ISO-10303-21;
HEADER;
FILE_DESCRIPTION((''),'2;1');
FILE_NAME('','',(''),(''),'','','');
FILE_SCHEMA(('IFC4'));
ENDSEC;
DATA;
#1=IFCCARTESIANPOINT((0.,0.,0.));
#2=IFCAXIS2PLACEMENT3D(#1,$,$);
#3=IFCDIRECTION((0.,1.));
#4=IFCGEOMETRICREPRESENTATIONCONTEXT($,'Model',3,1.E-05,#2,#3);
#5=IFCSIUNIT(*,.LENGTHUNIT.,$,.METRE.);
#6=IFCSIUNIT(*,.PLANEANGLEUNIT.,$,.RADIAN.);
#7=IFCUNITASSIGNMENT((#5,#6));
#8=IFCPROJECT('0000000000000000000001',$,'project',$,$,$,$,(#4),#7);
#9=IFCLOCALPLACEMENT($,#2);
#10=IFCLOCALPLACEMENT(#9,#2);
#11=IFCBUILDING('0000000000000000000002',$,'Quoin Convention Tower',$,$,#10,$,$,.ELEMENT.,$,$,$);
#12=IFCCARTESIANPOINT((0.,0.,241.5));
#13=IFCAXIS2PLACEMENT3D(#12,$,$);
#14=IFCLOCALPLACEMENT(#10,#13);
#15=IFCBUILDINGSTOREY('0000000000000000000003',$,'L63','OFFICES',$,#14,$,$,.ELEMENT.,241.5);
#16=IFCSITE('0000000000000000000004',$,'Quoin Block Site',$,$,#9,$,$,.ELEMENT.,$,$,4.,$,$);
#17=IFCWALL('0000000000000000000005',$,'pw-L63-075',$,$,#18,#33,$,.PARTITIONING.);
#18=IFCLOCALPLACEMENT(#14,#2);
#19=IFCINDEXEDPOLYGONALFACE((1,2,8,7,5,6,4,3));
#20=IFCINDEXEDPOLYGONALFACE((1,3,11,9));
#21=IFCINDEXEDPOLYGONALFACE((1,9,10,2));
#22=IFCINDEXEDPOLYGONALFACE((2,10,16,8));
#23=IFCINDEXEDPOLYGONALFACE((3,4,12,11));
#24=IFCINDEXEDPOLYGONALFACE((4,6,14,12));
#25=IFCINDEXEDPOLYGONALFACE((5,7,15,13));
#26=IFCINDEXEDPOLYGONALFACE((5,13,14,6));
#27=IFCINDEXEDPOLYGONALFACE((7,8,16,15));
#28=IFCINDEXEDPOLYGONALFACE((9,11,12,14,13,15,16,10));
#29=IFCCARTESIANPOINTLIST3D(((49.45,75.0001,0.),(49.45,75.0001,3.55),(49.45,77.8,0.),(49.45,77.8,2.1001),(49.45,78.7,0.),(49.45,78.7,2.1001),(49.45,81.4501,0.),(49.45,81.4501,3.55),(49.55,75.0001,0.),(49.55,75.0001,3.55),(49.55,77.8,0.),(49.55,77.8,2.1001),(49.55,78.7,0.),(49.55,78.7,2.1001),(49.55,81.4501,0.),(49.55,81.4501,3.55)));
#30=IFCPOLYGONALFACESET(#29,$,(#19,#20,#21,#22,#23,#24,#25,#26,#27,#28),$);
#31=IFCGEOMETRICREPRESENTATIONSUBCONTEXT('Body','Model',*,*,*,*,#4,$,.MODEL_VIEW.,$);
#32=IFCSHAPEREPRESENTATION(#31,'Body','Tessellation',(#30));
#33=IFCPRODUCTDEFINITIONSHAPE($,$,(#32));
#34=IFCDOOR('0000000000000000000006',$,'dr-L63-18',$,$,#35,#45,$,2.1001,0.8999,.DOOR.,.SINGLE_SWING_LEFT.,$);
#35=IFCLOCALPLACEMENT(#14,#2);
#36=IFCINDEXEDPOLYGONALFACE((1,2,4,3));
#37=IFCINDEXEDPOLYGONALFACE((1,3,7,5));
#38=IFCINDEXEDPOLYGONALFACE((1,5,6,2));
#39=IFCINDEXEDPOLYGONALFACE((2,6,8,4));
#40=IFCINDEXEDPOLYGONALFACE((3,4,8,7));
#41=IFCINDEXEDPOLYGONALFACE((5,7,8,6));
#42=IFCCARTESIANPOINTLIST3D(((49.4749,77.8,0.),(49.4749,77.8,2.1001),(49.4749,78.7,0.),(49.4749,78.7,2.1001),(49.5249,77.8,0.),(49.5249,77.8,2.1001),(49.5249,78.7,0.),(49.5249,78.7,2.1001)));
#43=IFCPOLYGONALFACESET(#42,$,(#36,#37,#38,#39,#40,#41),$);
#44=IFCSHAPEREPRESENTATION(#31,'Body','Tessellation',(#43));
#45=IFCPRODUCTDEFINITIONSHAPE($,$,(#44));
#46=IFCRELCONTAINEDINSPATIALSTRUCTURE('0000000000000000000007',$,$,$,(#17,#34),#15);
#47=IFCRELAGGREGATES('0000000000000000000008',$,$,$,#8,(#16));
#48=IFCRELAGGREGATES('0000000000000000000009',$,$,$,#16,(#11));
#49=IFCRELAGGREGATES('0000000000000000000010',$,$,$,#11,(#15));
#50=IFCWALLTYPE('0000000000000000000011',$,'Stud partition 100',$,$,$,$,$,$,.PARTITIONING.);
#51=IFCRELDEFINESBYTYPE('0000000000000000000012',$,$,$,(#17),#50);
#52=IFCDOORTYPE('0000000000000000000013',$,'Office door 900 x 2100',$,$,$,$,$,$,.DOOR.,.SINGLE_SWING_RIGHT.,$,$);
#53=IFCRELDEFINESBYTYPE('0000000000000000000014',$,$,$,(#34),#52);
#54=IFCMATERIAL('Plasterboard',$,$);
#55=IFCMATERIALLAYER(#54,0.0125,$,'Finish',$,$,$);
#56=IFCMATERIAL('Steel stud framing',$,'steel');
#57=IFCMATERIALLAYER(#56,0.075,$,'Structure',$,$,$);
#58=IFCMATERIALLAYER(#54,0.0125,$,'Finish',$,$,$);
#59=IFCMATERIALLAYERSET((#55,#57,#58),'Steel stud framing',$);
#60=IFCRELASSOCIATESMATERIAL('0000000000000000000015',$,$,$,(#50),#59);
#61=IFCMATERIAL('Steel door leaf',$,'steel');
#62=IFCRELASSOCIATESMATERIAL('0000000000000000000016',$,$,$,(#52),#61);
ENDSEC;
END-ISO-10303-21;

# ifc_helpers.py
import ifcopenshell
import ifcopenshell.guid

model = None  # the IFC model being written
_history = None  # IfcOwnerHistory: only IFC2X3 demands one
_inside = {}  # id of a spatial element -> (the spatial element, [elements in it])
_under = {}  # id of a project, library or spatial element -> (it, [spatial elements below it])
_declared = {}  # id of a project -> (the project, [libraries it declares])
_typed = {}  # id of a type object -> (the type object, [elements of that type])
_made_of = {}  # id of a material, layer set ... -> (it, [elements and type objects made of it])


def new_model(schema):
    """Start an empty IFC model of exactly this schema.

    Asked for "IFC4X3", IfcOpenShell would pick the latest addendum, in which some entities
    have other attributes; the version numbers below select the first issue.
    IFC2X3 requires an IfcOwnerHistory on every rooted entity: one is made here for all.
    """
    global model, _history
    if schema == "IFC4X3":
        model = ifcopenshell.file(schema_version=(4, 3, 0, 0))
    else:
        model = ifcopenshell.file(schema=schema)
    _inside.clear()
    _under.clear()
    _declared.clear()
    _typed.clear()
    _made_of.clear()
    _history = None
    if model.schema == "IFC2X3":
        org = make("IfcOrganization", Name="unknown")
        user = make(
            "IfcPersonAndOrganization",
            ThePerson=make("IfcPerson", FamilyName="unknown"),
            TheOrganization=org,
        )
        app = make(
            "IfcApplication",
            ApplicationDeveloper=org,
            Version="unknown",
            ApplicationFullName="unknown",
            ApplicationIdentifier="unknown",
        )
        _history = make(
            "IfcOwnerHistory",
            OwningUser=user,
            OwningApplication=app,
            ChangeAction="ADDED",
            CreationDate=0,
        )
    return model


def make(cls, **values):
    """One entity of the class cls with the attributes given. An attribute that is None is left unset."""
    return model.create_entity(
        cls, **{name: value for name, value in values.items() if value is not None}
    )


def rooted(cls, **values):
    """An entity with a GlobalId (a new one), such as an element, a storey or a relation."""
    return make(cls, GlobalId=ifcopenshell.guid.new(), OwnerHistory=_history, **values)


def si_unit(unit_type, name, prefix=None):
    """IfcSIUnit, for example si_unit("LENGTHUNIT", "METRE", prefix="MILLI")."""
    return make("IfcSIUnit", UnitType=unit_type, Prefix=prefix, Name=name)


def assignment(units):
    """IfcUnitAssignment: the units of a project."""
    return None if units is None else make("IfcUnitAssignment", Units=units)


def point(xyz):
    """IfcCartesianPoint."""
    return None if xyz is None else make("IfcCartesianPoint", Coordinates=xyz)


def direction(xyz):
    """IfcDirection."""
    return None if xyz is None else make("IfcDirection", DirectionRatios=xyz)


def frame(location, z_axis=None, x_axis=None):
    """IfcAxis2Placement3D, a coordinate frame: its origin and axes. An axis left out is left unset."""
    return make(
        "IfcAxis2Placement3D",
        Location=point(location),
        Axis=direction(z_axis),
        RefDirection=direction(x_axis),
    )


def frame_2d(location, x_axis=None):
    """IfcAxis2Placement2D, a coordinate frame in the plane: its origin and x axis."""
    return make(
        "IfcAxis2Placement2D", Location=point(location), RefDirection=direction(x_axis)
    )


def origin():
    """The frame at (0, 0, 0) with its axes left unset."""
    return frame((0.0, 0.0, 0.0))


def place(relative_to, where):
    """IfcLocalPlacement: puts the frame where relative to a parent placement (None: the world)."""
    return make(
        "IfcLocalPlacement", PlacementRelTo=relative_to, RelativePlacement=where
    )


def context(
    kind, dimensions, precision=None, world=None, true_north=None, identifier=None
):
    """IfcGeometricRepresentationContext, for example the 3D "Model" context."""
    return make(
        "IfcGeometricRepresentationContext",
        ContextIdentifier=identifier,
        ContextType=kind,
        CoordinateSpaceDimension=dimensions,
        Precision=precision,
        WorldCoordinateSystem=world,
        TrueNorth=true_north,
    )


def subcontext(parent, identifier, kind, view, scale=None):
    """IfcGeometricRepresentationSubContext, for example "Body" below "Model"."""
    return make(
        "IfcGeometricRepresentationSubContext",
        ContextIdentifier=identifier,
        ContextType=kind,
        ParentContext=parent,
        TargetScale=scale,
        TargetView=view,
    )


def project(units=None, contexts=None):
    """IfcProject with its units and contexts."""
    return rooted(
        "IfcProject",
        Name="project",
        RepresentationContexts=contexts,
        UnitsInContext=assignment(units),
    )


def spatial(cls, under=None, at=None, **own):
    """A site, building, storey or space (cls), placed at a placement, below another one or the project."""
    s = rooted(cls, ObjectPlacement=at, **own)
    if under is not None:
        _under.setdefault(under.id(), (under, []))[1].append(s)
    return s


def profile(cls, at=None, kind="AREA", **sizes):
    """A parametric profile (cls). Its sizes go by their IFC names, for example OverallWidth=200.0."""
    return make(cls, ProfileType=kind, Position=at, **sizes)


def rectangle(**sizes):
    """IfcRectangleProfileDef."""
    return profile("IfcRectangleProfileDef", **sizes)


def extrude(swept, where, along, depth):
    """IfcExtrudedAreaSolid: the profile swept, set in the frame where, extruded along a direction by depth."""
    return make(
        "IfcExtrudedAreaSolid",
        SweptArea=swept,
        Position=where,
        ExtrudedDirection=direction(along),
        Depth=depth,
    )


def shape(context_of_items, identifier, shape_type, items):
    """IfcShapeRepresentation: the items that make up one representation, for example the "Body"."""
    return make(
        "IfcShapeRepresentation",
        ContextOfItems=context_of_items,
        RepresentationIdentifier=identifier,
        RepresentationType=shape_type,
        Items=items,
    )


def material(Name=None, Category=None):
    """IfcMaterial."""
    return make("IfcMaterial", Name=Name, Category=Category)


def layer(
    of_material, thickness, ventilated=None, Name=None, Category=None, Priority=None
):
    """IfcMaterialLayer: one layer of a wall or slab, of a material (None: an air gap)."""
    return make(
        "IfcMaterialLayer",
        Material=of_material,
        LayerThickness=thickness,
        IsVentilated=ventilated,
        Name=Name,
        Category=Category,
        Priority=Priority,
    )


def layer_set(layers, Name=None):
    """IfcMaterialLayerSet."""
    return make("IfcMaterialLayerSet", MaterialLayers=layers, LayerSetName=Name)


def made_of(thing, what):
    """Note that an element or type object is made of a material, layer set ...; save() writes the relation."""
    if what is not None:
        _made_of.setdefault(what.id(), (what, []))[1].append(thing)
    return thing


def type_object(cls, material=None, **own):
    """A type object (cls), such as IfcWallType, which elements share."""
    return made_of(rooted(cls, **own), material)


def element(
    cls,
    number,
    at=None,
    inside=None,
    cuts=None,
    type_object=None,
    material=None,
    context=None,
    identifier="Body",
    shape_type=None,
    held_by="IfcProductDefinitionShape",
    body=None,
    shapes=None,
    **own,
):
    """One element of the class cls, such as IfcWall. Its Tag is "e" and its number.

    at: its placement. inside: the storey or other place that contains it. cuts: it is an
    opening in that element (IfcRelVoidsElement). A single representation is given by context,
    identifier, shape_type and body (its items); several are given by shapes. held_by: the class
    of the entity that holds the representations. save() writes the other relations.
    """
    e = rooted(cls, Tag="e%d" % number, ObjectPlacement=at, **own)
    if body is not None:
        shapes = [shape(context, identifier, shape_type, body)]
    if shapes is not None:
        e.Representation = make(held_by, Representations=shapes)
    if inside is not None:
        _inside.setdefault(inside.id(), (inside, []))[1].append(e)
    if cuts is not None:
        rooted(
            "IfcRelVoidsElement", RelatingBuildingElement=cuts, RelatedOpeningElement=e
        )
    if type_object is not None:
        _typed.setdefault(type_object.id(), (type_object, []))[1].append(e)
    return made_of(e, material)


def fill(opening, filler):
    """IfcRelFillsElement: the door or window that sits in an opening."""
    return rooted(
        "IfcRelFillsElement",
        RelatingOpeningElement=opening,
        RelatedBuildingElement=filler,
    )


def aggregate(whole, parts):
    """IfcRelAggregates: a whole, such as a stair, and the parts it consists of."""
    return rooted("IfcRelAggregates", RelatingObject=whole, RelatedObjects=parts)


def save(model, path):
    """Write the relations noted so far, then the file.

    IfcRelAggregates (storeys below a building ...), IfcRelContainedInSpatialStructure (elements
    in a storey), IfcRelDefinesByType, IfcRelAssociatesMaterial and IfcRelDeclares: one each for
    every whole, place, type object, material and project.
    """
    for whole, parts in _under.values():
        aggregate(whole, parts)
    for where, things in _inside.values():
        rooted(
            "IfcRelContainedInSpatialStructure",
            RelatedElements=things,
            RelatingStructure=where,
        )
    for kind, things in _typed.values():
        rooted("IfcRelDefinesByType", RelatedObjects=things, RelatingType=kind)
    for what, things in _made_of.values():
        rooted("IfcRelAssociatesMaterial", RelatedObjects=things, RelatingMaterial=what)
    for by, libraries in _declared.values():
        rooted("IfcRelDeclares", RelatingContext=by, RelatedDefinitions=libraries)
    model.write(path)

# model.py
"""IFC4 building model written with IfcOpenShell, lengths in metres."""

from ifc_helpers import new_model, si_unit, direction, frame, frame_2d, origin, place, context, subcontext, project, spatial, rectangle, extrude, material, layer, layer_set, type_object, element, fill, save


model = new_model("IFC4")

# Units and contexts
model_context = context("Model", 3, precision=1e-05, world=origin(), true_north=direction((0.0, 1.0)))
body_context = subcontext(model_context, "Body", "Model", "MODEL_VIEW")
ifc_project = project(units=[si_unit("LENGTHUNIT", "METRE"), si_unit("PLANEANGLEUNIT", "RADIAN")], contexts=[model_context])

# Site, building, storey
site_placement = place(None, origin())
site = spatial("IfcSite", under=ifc_project, at=site_placement, Name="Quoin Block Site", CompositionType="ELEMENT", RefElevation=4.0)
building_placement = place(site_placement, origin())
building = spatial("IfcBuilding", under=site, at=building_placement, Name="Quoin Convention Tower", CompositionType="ELEMENT")
storey_placement = place(building_placement, frame((0.0, 0.0, 241.5)))
storey = spatial("IfcBuildingStorey", under=building, at=storey_placement, Name="L63", Description="OFFICES", CompositionType="ELEMENT", Elevation=241.5)

# Shared definitions
ifc_material_1 = material(Name="Plasterboard")
ifc_material_2 = material(Name="Steel stud framing", Category="steel")

# Shared definitions
ifc_material_3 = material(Name="Steel door leaf", Category="steel")

# Shared definitions
ifc_layer_1 = layer(ifc_material_1, 0.0125, Name="Finish")
ifc_layer_2 = layer(ifc_material_2, 0.075, Name="Structure")
ifc_layer_3 = layer(ifc_material_1, 0.0125, Name="Finish")
ifc_layer_set_1 = layer_set([ifc_layer_1, ifc_layer_2, ifc_layer_3], Name="Steel stud framing")
wall_type_1 = type_object("IfcWallType", Name="Stud partition 100", PredefinedType="PARTITIONING", material=ifc_layer_set_1)
door_type_1 = type_object("IfcDoorType", Name="Office door 900 x 2100", OperationType="SINGLE_SWING_RIGHT", PredefinedType="DOOR", material=ifc_material_3)

# Wall, opening, door
wall_1_placement = place(storey_placement, frame((49.5, 75.0, 0.0), z_axis=(0.0, 0.0, 1.0), x_axis=(0.0, 1.0, 0.0)))
wall_1 = element("IfcWall", 1, at=wall_1_placement, inside=storey, type_object=wall_type_1, Name="pw-L63-075", PredefinedType="PARTITIONING", context=body_context, shape_type="SweptSolid", body=[
    extrude(rectangle(XDim=6.45, YDim=0.1001, at=frame_2d((3.2251, 0.0))), origin(), (0.0, 0.0, 1.0), 3.55),
])
opening_1_placement = place(wall_1_placement, frame((2.8, 0.0, 0.0)))
opening_1 = element("IfcOpeningElement", 2, at=opening_1_placement, cuts=wall_1, PredefinedType="OPENING", context=body_context, shape_type="SweptSolid", body=[
    extrude(rectangle(XDim=0.8999, YDim=2.1001, at=frame_2d((0.45, 1.05))), frame((0.0, 0.0601, 0.0), z_axis=(0.0, -1.0, 0.0), x_axis=(1.0, 0.0, 0.0)), (0.0, 0.0, 1.0), 0.1201),
])
door_1_placement = place(opening_1_placement, frame((0.8999, 0.0, 0.0), z_axis=(0.0, 0.0, 1.0), x_axis=(-1.0, 0.0, 0.0)))
door_1 = element("IfcDoor", 3, at=door_1_placement, inside=storey, type_object=door_type_1, Name="dr-L63-18", OperationType="SINGLE_SWING_LEFT", OverallHeight=2.1001, OverallWidth=0.8999, PredefinedType="DOOR", context=body_context, shape_type="SweptSolid", body=[
    extrude(rectangle(XDim=0.8999, YDim=2.1001, at=frame_2d((0.45, 1.05))), frame((0.0, 0.0249, 0.0), z_axis=(0.0, -1.0, 0.0), x_axis=(1.0, 0.0, 0.0)), (0.0, 0.0, 1.0), 0.05),
])
fill(opening_1, door_1)

save(model, "model.ifc")
